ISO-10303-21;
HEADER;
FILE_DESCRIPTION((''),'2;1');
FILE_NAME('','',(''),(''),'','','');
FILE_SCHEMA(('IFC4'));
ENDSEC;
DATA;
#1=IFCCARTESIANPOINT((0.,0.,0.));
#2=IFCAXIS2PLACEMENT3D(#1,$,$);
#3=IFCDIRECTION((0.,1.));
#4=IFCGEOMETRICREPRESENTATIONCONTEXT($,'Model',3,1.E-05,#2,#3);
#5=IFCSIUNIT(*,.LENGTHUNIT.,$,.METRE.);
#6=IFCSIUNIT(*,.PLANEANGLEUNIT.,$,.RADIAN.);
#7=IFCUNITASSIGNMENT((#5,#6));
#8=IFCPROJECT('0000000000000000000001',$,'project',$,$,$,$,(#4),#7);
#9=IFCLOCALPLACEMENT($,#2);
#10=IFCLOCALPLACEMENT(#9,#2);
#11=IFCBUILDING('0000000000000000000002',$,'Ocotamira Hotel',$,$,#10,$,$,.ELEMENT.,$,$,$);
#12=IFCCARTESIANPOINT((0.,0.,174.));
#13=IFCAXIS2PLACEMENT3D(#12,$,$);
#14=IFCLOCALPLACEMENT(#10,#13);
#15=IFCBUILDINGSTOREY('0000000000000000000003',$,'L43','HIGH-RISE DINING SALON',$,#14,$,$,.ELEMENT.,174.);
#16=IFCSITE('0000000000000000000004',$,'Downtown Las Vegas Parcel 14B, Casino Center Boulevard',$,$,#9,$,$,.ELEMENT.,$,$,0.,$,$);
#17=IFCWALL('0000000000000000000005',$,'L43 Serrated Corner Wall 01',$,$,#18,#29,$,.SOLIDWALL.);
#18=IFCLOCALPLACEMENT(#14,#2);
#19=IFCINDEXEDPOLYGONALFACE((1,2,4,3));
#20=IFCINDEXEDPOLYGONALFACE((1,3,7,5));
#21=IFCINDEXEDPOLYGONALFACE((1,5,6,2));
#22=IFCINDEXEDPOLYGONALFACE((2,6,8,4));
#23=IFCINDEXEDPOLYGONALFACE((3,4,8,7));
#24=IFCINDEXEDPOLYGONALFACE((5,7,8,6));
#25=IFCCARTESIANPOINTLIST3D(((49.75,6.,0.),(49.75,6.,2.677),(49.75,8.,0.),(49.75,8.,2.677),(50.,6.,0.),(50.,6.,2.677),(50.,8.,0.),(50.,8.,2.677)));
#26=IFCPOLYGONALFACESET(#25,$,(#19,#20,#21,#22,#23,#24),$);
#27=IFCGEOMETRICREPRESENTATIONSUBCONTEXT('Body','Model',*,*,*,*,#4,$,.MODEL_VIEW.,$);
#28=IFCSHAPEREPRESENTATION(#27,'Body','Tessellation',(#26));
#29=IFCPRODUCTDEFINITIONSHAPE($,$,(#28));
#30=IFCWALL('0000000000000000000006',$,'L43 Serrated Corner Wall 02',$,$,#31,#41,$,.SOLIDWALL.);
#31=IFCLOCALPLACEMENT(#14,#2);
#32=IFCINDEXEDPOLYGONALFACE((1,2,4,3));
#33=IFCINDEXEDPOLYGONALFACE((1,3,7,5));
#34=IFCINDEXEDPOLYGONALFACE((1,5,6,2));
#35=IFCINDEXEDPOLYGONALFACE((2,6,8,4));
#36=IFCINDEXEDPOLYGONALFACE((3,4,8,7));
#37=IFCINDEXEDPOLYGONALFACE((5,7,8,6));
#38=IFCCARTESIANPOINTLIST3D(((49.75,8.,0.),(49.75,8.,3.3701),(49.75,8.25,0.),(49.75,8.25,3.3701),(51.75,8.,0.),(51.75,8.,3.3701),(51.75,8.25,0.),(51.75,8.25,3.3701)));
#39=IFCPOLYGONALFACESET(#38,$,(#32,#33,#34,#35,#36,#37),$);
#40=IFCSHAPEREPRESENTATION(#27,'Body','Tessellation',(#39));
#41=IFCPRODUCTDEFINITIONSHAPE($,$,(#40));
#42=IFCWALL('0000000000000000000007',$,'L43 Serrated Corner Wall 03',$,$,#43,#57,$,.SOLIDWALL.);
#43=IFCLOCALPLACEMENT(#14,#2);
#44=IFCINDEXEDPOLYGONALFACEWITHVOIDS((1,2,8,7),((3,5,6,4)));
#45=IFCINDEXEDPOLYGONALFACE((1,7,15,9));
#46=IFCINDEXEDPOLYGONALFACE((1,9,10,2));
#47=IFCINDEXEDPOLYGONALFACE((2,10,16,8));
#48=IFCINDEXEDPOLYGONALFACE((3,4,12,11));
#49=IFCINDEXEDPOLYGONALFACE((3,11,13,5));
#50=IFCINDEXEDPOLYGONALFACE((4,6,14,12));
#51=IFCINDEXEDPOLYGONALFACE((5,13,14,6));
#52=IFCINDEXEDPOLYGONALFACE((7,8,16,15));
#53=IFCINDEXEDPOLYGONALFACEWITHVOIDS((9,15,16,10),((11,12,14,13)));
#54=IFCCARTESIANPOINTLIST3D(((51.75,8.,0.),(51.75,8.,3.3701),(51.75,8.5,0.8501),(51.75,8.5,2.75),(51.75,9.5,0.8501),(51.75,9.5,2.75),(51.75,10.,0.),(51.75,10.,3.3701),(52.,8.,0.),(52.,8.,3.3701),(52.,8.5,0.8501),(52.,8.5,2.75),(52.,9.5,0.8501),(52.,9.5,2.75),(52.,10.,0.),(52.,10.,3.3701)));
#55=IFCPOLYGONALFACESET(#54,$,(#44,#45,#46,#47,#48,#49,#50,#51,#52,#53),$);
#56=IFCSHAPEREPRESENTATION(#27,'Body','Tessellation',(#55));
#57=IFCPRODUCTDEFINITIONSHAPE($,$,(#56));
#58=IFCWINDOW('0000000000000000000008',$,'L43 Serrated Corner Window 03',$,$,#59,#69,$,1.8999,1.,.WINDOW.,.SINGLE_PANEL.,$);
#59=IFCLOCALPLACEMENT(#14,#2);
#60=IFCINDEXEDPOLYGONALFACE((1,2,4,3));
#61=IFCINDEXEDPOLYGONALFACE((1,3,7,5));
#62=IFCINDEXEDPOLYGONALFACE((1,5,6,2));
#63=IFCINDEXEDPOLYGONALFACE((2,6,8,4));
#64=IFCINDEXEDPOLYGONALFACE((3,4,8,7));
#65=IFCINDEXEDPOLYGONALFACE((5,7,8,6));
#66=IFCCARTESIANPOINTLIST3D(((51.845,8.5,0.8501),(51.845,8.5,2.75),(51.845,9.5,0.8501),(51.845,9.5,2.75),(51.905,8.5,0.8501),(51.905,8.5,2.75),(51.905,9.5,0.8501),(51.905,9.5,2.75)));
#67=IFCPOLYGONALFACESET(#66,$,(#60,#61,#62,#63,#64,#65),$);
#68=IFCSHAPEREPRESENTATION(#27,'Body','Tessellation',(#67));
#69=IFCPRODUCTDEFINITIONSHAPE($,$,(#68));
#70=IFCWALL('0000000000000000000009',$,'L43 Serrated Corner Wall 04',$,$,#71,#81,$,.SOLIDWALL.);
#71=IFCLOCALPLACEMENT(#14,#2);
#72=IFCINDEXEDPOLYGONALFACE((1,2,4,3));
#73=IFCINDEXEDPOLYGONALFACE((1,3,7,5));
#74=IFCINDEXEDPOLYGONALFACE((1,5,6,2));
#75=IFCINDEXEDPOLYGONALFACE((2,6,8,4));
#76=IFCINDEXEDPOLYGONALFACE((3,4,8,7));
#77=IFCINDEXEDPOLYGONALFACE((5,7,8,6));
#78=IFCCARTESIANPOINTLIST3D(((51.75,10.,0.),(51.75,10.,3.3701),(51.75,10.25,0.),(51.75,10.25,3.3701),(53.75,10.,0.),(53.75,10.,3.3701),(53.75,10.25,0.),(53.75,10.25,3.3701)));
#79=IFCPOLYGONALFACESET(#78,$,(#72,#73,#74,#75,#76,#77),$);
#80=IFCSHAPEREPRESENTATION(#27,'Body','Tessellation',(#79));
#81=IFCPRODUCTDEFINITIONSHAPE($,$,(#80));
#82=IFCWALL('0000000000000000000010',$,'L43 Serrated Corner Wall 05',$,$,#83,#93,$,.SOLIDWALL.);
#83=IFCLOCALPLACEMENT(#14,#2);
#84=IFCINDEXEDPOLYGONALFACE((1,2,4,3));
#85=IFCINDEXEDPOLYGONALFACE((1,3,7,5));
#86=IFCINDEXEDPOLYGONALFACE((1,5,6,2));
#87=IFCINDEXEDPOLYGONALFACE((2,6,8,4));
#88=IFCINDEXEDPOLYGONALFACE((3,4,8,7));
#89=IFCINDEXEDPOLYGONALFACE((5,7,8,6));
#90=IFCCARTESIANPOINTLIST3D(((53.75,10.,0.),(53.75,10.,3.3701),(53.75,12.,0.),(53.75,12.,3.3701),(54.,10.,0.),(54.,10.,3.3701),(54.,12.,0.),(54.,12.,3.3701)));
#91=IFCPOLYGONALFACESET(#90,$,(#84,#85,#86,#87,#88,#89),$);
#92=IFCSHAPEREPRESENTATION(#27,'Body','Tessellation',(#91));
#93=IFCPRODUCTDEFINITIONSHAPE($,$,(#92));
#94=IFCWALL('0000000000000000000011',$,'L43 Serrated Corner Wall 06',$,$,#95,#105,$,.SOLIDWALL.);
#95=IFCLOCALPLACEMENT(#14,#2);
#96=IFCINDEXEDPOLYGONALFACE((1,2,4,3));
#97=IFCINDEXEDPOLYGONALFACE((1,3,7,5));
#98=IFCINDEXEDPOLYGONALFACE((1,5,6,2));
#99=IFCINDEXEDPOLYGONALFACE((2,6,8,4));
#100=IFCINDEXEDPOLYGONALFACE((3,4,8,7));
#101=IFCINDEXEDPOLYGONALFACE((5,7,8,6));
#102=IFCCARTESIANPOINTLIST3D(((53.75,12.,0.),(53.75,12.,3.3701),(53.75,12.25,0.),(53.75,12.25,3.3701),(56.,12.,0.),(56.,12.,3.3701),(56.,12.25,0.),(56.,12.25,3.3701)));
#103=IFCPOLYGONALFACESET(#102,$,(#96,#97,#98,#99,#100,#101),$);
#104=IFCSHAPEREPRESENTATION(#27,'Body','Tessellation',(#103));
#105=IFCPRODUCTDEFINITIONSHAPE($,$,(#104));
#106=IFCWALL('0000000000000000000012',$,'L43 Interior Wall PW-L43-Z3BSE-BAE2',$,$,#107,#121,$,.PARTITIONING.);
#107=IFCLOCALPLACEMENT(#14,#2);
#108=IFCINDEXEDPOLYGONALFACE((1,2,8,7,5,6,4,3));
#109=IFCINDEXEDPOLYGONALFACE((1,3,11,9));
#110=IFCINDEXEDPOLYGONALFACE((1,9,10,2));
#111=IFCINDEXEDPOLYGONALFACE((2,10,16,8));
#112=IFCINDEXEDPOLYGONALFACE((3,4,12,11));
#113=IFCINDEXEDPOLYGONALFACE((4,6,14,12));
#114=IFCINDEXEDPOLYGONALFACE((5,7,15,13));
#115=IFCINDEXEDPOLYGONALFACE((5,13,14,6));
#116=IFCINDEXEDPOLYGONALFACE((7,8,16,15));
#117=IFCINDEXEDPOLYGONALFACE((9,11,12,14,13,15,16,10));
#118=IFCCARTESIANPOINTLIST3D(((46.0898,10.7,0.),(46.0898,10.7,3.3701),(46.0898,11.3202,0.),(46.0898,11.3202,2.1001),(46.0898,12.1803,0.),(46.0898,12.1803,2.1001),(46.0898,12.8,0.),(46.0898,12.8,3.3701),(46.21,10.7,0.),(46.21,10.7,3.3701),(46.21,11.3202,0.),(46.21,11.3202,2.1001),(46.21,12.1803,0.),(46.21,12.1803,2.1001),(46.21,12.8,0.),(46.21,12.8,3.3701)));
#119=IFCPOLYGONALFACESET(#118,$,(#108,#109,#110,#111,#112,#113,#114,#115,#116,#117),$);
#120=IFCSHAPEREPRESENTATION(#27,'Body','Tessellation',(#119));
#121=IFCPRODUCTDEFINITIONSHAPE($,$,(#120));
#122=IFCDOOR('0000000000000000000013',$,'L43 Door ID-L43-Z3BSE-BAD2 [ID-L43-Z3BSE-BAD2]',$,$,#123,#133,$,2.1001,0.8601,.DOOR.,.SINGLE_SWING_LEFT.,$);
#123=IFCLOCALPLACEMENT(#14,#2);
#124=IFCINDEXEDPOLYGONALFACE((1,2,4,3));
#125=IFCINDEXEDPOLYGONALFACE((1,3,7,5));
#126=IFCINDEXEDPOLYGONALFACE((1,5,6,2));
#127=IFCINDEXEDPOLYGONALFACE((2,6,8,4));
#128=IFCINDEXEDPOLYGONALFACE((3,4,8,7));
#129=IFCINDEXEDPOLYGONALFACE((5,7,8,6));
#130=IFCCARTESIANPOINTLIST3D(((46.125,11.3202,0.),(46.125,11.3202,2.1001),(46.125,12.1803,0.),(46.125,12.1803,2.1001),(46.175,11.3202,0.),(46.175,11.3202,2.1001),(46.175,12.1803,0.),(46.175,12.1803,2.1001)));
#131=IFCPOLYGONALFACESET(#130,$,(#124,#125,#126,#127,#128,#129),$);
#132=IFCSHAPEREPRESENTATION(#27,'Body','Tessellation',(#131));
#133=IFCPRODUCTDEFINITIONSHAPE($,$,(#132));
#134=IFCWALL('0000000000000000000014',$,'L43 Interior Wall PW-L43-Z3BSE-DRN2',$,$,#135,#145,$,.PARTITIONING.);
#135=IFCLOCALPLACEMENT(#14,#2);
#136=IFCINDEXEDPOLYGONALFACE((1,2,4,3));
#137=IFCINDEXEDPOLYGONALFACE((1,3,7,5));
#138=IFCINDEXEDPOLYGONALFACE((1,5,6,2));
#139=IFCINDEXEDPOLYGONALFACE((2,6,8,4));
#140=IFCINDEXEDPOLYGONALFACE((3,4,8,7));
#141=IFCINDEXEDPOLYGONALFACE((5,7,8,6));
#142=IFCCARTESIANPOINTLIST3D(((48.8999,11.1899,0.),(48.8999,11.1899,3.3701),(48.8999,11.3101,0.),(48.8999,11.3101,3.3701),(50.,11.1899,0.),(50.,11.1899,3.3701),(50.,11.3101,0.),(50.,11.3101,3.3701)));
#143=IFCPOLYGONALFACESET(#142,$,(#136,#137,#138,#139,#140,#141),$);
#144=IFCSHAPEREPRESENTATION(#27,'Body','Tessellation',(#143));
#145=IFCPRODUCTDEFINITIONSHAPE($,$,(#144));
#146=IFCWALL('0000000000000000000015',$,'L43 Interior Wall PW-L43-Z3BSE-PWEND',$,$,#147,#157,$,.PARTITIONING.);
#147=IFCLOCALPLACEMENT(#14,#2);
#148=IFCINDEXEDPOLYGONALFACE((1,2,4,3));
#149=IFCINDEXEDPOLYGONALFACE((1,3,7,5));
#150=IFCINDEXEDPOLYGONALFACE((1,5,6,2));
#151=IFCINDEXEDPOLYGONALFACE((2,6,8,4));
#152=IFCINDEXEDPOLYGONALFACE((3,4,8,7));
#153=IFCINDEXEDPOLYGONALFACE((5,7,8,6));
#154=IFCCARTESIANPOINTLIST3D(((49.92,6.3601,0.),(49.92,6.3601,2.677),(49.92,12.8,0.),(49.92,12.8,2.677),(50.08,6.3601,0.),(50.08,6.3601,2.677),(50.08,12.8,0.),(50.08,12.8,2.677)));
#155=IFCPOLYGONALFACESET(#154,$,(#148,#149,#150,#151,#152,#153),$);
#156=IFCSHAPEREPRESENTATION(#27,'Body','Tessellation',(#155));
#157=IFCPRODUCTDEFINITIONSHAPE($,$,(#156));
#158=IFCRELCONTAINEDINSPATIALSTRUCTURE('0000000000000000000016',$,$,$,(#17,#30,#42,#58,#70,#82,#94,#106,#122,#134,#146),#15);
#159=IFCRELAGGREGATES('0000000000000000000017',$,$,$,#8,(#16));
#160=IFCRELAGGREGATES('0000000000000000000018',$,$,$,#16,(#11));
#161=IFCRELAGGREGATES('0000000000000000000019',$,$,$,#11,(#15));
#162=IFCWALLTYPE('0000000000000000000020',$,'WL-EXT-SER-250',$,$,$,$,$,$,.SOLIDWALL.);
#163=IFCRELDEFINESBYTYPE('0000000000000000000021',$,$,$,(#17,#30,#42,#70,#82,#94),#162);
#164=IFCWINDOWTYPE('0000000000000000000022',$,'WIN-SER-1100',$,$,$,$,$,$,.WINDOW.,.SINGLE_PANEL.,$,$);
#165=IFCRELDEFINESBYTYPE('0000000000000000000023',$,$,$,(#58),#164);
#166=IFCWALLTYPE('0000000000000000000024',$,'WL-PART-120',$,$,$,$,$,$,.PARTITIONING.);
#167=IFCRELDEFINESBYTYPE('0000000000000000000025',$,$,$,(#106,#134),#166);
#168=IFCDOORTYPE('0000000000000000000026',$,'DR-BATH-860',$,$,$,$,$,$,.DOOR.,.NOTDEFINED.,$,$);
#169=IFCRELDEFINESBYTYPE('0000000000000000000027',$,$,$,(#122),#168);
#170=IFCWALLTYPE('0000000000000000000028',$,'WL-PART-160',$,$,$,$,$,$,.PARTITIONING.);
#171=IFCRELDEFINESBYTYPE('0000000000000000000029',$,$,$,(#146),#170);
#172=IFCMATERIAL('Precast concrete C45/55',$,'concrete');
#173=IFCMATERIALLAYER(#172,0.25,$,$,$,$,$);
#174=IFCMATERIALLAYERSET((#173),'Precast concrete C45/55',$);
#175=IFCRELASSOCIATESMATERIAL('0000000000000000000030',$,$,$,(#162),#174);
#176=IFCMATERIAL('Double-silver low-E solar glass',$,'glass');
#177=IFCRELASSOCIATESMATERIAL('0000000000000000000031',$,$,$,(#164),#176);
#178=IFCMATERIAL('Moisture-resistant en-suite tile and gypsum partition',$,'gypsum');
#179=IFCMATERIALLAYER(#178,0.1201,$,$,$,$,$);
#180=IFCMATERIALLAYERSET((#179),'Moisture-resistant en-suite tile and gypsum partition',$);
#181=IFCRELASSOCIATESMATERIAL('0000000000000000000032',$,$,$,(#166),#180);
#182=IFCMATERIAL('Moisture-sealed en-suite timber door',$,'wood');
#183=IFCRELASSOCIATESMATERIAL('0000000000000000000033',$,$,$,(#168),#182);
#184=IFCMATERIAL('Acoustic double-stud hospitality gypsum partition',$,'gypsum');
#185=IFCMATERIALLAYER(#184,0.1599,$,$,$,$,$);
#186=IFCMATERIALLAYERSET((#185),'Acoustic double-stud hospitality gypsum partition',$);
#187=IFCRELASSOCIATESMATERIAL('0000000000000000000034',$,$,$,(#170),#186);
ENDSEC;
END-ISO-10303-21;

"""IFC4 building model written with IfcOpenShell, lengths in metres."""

from ifc_helpers import new_model, si_unit, direction, frame, frame_2d, origin, place, context, subcontext, project, spatial, rectangle, extrude, source, transform, mapped, material, layer, layer_set, type_object, element, fill, save


model = new_model("IFC4")

# Units and contexts
model_context = context("Model", 3, precision=1e-05, world=origin(), true_north=direction((0.0, 1.0)))
body_context = subcontext(model_context, "Body", "Model", "MODEL_VIEW")
ifc_project = project(units=[si_unit("LENGTHUNIT", "METRE"), si_unit("PLANEANGLEUNIT", "RADIAN")], contexts=[model_context])

# Site, building, storey
site_placement = place(None, origin())
site = spatial("IfcSite", under=ifc_project, at=site_placement, Name="Downtown Las Vegas Parcel 14B, Casino Center Boulevard", CompositionType="ELEMENT", RefElevation=0.0)
building_placement = place(site_placement, origin())
building = spatial("IfcBuilding", under=site, at=building_placement, Name="Ocotamira Hotel", CompositionType="ELEMENT")
storey_placement = place(building_placement, frame((0.0, 0.0, 174.0)))
storey = spatial("IfcBuildingStorey", under=building, at=storey_placement, Name="L43", Description="HIGH-RISE DINING SALON", CompositionType="ELEMENT", Elevation=174.0)

# Walls
ifc_material_1 = material(Name="Precast concrete C45/55", Category="concrete")
ifc_layer_1 = layer(ifc_material_1, 0.25)
ifc_layer_set_1 = layer_set([ifc_layer_1], Name="Precast concrete C45/55")
wall_type_1 = type_object("IfcWallType", Name="WL-EXT-SER-250", PredefinedType="SOLIDWALL", material=ifc_layer_set_1)
wall_1_placement = place(storey_placement, frame((49.875, 6.0, 0.0), z_axis=(0.0, 0.0, 1.0), x_axis=(0.0, 1.0, 0.0)))
element("IfcWall", 1, at=wall_1_placement, inside=storey, type_object=wall_type_1, Name="L43 Serrated Corner Wall 01", PredefinedType="SOLIDWALL", context=body_context, shape_type="SweptSolid", body=[
    extrude(rectangle(XDim=2.0, YDim=0.25, at=frame_2d((1.0, 0.0))), origin(), (0.0, 0.0, 1.0), 2.677),
])
wall_2_placement = place(storey_placement, frame((49.75, 8.125, 0.0), z_axis=(0.0, 0.0, 1.0), x_axis=(1.0, 0.0, 0.0)))
element("IfcWall", 2, at=wall_2_placement, inside=storey, type_object=wall_type_1, Name="L43 Serrated Corner Wall 02", PredefinedType="SOLIDWALL", context=body_context, shape_type="SweptSolid", body=[
    extrude(rectangle(XDim=2.0, YDim=0.25, at=frame_2d((1.0, 0.0))), origin(), (0.0, 0.0, 1.0), 3.3701),
])

# Wall, opening, window
wall_3_placement = place(storey_placement, frame((51.875, 8.0, 0.0), z_axis=(0.0, 0.0, 1.0), x_axis=(0.0, 1.0, 0.0)))
wall_3 = element("IfcWall", 3, at=wall_3_placement, inside=storey, type_object=wall_type_1, Name="L43 Serrated Corner Wall 03", PredefinedType="SOLIDWALL", context=body_context, shape_type="SweptSolid", body=[
    extrude(rectangle(XDim=2.0, YDim=0.25, at=frame_2d((1.0, 0.0))), origin(), (0.0, 0.0, 1.0), 3.3701),
])
opening_1_placement = place(wall_3_placement, frame((0.5, 0.0, 0.8501)))
opening_1 = element("IfcOpeningElement", 4, at=opening_1_placement, cuts=wall_3, PredefinedType="OPENING", context=body_context, shape_type="SweptSolid", body=[
    extrude(rectangle(XDim=1.0, YDim=1.8999, at=frame_2d((0.5, 0.95))), frame((0.0, 0.135, 0.0), z_axis=(0.0, -1.0, 0.0), x_axis=(1.0, 0.0, 0.0)), (0.0, 0.0, 1.0), 0.27),
])
ifc_material_2 = material(Name="Double-silver low-E solar glass", Category="glass")
window_type = type_object("IfcWindowType", Name="WIN-SER-1100", PartitioningType="SINGLE_PANEL", PredefinedType="WINDOW", material=ifc_material_2)
shared_shape_1 = source(origin(), body_context, "Body", "SweptSolid", [
    extrude(rectangle(XDim=1.0, YDim=1.8999, at=frame_2d((0.5, 0.95))), frame((0.0, 0.03, 0.0), z_axis=(0.0, -1.0, 0.0), x_axis=(1.0, 0.0, 0.0)), (0.0, 0.0, 1.0), 0.0601),
])
window_placement = place(opening_1_placement, origin())
window = element("IfcWindow", 5, at=window_placement, inside=storey, type_object=window_type, Name="L43 Serrated Corner Window 03", OverallHeight=1.8999, OverallWidth=1.0, PartitioningType="SINGLE_PANEL", PredefinedType="WINDOW", context=body_context, shape_type="MappedRepresentation", body=[
    mapped(shared_shape_1, transform((0.0, 0.0, 0.0), scale=1.0)),
])
fill(opening_1, window)

# Walls
for number, where, z_axis, x_axis, name in (
    (6, (51.75, 10.125, 0.0), (0.0, 0.0, 1.0), (1.0, 0.0, 0.0), "L43 Serrated Corner Wall 04"),
    (7, (53.875, 10.0, 0.0), (0.0, 0.0, 1.0), (0.0, 1.0, 0.0), "L43 Serrated Corner Wall 05"),
):
    element("IfcWall", number, at=place(storey_placement, frame(where, z_axis=z_axis, x_axis=x_axis)), inside=storey, type_object=wall_type_1, Name=name, PredefinedType="SOLIDWALL", context=body_context, shape_type="SweptSolid", body=[
        extrude(rectangle(XDim=2.0, YDim=0.25, at=frame_2d((1.0, 0.0))), origin(), (0.0, 0.0, 1.0), 3.3701),
    ])
wall_4_placement = place(storey_placement, frame((53.75, 12.125, 0.0), z_axis=(0.0, 0.0, 1.0), x_axis=(1.0, 0.0, 0.0)))
element("IfcWall", 8, at=wall_4_placement, inside=storey, type_object=wall_type_1, Name="L43 Serrated Corner Wall 06", PredefinedType="SOLIDWALL", context=body_context, shape_type="SweptSolid", body=[
    extrude(rectangle(XDim=2.25, YDim=0.25, at=frame_2d((1.125, 0.0))), origin(), (0.0, 0.0, 1.0), 3.3701),
])

# Wall, opening, door
ifc_material_3 = material(Name="Moisture-resistant en-suite tile and gypsum partition", Category="gypsum")
ifc_layer_2 = layer(ifc_material_3, 0.1201)
ifc_layer_set_2 = layer_set([ifc_layer_2], Name="Moisture-resistant en-suite tile and gypsum partition")
wall_type_2 = type_object("IfcWallType", Name="WL-PART-120", PredefinedType="PARTITIONING", material=ifc_layer_set_2)
wall_5_placement = place(storey_placement, frame((46.1499, 10.7, 0.0), z_axis=(0.0, 0.0, 1.0), x_axis=(0.0, 1.0, 0.0)))
wall_5 = element("IfcWall", 9, at=wall_5_placement, inside=storey, type_object=wall_type_2, Name="L43 Interior Wall PW-L43-Z3BSE-BAE2", PredefinedType="PARTITIONING", context=body_context, shape_type="SweptSolid", body=[
    extrude(rectangle(XDim=2.1001, YDim=0.1201, at=frame_2d((1.05, 0.0))), origin(), (0.0, 0.0, 1.0), 3.3701),
])
opening_2_placement = place(wall_5_placement, frame((0.6201, 0.0, 0.0)))
opening_2 = element("IfcOpeningElement", 10, at=opening_2_placement, cuts=wall_5, PredefinedType="OPENING", context=body_context, shape_type="SweptSolid", body=[
    extrude(rectangle(XDim=0.8601, YDim=2.1001, at=frame_2d((0.4302, 1.05))), frame((0.0, 0.0701, 0.0), z_axis=(0.0, -1.0, 0.0), x_axis=(1.0, 0.0, 0.0)), (0.0, 0.0, 1.0), 0.1401),
])
ifc_material_4 = material(Name="Moisture-sealed en-suite timber door", Category="wood")
door_type_1 = type_object("IfcDoorType", Name="DR-BATH-860", OperationType="NOTDEFINED", PredefinedType="DOOR", material=ifc_material_4)
shared_shape_2 = source(origin(), body_context, "Body", "SweptSolid", [
    extrude(rectangle(XDim=0.8601, YDim=2.1001, at=frame_2d((0.4302, 1.05))), frame((0.0, 0.0249, 0.0), z_axis=(0.0, -1.0, 0.0), x_axis=(1.0, 0.0, 0.0)), (0.0, 0.0, 1.0), 0.05),
])
door_1_placement = place(opening_2_placement, origin())
door_1 = element("IfcDoor", 11, at=door_1_placement, inside=storey, type_object=door_type_1, Name="L43 Door ID-L43-Z3BSE-BAD2 [ID-L43-Z3BSE-BAD2]", OperationType="SINGLE_SWING_LEFT", OverallHeight=2.1001, OverallWidth=0.8601, PredefinedType="DOOR", context=body_context, shape_type="MappedRepresentation", body=[
    mapped(shared_shape_2, transform((0.0, 0.0, 0.0), scale=1.0)),
])
fill(opening_2, door_1)

# Walls
wall_6_placement = place(storey_placement, frame((48.8999, 11.25, 0.0), z_axis=(0.0, 0.0, 1.0), x_axis=(1.0, 0.0, 0.0)))
element("IfcWall", 12, at=wall_6_placement, inside=storey, type_object=wall_type_2, Name="L43 Interior Wall PW-L43-Z3BSE-DRN2", PredefinedType="PARTITIONING", context=body_context, shape_type="SweptSolid", body=[
    extrude(rectangle(XDim=1.1001, YDim=0.1201, at=frame_2d((0.55, 0.0))), origin(), (0.0, 0.0, 1.0), 3.3701),
])
ifc_material_5 = material(Name="Acoustic double-stud hospitality gypsum partition", Category="gypsum")
ifc_layer_3 = layer(ifc_material_5, 0.1599)
ifc_layer_set_3 = layer_set([ifc_layer_3], Name="Acoustic double-stud hospitality gypsum partition")
wall_type_3 = type_object("IfcWallType", Name="WL-PART-160", PredefinedType="PARTITIONING", material=ifc_layer_set_3)
wall_7_placement = place(storey_placement, frame((50.0, 6.3601, 0.0), z_axis=(0.0, 0.0, 1.0), x_axis=(0.0, 1.0, 0.0)))
element("IfcWall", 13, at=wall_7_placement, inside=storey, type_object=wall_type_3, Name="L43 Interior Wall PW-L43-Z3BSE-PWEND", PredefinedType="PARTITIONING", context=body_context, shape_type="SweptSolid", body=[
    extrude(rectangle(XDim=6.4399, YDim=0.1599, at=frame_2d((3.22, 0.0))), origin(), (0.0, 0.0, 1.0), 2.677),
])

save(model, "model.ifc")
